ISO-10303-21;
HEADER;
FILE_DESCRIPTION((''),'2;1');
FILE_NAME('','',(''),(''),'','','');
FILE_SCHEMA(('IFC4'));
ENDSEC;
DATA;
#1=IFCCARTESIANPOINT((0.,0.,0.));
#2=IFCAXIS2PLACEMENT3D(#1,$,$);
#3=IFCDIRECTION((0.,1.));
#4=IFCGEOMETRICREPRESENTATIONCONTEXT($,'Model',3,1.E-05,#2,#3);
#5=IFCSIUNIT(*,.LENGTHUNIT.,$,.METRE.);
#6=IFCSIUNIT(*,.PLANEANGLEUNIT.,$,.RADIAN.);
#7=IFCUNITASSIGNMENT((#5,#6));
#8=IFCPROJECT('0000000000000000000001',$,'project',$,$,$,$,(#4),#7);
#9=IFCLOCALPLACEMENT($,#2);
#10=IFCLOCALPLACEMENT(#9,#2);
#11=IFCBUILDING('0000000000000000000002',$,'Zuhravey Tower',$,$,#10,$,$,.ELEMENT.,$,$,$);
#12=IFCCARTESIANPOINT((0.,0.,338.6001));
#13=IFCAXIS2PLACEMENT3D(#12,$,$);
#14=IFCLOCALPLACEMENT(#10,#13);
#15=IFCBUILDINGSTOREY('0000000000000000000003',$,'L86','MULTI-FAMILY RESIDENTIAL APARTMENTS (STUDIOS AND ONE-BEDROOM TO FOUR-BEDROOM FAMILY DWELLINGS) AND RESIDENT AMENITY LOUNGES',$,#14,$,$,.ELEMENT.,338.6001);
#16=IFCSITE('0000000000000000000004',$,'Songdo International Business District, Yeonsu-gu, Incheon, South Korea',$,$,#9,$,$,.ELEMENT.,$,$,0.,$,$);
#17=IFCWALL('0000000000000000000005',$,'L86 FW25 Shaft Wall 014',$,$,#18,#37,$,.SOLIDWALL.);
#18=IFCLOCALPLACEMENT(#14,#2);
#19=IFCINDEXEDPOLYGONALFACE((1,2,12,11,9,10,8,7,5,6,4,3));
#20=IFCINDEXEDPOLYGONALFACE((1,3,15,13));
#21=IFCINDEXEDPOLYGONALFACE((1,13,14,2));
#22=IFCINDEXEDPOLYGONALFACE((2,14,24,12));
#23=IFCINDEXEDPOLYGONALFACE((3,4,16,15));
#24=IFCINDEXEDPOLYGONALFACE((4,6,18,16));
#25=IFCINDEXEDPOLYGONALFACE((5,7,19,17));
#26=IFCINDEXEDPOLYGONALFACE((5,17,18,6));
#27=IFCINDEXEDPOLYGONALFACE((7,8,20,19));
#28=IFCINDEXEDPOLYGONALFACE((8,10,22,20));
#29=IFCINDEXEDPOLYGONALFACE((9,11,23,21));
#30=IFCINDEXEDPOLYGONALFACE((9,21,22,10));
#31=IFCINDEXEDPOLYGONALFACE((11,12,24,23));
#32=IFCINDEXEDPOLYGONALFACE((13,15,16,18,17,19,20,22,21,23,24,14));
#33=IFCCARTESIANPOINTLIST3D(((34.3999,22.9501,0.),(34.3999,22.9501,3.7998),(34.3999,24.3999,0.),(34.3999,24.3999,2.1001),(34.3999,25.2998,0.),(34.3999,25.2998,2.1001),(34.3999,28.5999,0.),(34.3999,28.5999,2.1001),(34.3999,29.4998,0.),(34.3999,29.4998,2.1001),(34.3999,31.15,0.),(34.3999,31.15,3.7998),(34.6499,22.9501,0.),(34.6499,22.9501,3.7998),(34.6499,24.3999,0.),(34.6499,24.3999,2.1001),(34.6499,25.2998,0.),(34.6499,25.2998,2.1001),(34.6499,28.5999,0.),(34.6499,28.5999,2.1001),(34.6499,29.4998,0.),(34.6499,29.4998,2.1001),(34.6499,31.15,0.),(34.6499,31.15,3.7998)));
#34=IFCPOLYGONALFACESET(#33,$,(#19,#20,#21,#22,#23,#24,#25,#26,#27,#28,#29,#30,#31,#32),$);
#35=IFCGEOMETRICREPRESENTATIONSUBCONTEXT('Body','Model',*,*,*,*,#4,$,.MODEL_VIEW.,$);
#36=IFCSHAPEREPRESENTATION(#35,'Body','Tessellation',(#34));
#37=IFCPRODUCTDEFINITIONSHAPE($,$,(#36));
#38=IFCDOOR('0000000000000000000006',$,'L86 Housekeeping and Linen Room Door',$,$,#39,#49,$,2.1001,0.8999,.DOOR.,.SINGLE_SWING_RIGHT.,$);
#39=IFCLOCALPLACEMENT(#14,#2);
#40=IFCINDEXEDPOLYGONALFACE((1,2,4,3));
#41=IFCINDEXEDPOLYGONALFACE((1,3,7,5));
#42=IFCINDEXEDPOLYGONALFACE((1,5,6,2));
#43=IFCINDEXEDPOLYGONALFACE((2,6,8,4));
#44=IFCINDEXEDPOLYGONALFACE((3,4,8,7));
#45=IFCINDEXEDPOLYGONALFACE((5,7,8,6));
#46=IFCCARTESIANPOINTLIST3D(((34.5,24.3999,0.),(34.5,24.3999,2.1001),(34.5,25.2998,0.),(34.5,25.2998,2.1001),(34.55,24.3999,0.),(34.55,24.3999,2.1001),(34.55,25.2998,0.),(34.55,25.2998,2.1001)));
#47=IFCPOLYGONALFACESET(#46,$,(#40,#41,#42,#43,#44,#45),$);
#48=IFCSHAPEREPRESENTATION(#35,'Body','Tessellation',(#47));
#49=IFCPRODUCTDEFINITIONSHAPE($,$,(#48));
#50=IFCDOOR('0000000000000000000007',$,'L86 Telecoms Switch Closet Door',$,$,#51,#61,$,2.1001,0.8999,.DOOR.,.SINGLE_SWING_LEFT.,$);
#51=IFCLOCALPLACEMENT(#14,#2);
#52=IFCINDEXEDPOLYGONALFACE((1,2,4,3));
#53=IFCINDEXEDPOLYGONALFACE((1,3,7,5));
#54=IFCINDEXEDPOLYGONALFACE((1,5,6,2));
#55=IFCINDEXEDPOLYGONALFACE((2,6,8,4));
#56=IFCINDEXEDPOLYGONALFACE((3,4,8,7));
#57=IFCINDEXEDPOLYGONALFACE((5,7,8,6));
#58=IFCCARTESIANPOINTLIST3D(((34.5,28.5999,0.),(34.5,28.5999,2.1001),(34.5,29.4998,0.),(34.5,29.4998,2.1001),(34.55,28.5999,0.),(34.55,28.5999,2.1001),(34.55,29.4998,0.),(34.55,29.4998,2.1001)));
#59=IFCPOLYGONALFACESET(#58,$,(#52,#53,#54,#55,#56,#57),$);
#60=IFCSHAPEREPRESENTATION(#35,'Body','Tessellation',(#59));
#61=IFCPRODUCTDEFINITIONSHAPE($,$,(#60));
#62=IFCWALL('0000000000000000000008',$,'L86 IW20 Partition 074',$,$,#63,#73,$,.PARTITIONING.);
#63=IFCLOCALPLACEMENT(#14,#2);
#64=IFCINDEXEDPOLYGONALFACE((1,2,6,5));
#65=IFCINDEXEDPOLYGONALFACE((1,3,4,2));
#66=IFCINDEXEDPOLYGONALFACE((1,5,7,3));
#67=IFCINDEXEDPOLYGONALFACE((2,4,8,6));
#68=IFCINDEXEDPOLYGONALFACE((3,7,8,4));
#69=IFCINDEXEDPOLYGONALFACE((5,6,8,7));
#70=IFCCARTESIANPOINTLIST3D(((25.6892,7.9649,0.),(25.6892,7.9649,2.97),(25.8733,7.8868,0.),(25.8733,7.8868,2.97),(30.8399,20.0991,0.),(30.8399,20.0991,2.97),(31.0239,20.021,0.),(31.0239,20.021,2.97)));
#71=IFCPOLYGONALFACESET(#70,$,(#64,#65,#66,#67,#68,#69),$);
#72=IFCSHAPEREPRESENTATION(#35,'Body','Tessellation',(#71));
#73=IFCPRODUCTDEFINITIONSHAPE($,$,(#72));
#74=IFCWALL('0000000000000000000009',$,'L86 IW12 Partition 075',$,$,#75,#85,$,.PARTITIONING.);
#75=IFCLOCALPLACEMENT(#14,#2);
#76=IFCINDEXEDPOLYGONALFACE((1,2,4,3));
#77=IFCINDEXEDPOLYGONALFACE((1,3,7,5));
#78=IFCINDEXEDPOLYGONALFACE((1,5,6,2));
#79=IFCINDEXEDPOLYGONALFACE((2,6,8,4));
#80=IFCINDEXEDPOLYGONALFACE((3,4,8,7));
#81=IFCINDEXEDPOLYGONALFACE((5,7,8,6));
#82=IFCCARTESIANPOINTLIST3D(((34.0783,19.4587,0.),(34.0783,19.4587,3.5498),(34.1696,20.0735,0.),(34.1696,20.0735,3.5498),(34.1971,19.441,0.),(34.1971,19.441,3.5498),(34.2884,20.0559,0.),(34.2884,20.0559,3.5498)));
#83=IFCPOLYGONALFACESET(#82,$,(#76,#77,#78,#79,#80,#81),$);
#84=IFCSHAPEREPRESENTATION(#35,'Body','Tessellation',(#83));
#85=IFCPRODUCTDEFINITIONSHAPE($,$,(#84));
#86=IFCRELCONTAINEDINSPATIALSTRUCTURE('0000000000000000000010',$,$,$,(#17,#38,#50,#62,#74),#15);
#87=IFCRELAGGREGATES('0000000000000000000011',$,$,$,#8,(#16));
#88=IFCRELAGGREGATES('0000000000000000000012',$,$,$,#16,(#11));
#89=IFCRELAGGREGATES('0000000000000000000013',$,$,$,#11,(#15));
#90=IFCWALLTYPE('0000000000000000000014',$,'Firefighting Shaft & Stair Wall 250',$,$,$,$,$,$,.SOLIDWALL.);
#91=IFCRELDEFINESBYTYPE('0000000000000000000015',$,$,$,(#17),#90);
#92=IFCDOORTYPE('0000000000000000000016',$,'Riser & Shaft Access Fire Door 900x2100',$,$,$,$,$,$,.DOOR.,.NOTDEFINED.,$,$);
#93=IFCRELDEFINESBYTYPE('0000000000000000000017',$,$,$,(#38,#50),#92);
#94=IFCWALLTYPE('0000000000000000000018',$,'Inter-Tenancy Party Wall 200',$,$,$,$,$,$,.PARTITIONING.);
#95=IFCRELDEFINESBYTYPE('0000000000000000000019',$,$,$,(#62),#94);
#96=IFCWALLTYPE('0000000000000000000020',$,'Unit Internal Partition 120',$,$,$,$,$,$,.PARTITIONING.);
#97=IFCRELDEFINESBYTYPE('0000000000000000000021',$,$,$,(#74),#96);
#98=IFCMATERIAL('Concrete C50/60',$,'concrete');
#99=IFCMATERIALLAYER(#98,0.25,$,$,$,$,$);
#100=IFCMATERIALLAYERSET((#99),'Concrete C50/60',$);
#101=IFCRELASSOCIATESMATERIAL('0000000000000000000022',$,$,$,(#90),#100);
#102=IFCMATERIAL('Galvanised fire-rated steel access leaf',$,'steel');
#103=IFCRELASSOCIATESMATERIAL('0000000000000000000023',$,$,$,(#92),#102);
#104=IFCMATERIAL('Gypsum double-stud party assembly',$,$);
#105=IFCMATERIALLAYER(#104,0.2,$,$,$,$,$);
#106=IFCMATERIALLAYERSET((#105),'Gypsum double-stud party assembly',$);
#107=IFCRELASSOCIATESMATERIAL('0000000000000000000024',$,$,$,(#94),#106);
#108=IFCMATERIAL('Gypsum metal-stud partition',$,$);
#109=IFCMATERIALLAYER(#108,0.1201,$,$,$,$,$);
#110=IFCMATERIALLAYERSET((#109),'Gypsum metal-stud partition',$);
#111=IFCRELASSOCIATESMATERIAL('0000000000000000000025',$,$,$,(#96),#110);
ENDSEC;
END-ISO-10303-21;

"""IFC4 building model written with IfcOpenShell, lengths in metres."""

from ifc_helpers import new_model, si_unit, direction, frame, frame_2d, origin, place, context, subcontext, project, spatial, rectangle, extrude, material, layer, layer_set, type_object, element, fill, save


model = new_model("IFC4")

# Units and contexts
model_context = context("Model", 3, precision=1e-05, world=origin(), true_north=direction((0.0, 1.0)))
body_context = subcontext(model_context, "Body", "Model", "MODEL_VIEW")
ifc_project = project(units=[si_unit("LENGTHUNIT", "METRE"), si_unit("PLANEANGLEUNIT", "RADIAN")], contexts=[model_context])

# Site, building, storey
site_placement = place(None, origin())
site = spatial("IfcSite", under=ifc_project, at=site_placement, Name="Songdo International Business District, Yeonsu-gu, Incheon, South Korea", CompositionType="ELEMENT", RefElevation=0.0)
building_placement = place(site_placement, origin())
building = spatial("IfcBuilding", under=site, at=building_placement, Name="Zuhravey Tower", CompositionType="ELEMENT")
storey_placement = place(building_placement, frame((0.0, 0.0, 338.6001)))
storey = spatial("IfcBuildingStorey", under=building, at=storey_placement, Name="L86", Description="MULTI-FAMILY RESIDENTIAL APARTMENTS (STUDIOS AND ONE-BEDROOM TO FOUR-BEDROOM FAMILY DWELLINGS) AND RESIDENT AMENITY LOUNGES", CompositionType="ELEMENT", Elevation=338.6001)

# Shared definitions
ifc_material_1 = material(Name="Concrete C50/60", Category="concrete")
ifc_layer_1 = layer(ifc_material_1, 0.25)
ifc_layer_set_1 = layer_set([ifc_layer_1], Name="Concrete C50/60")
wall_type_1 = type_object("IfcWallType", Name="Firefighting Shaft & Stair Wall 250", PredefinedType="SOLIDWALL", material=ifc_layer_set_1)

# Shared definitions
ifc_material_2 = material(Name="Galvanised fire-rated steel access leaf", Category="steel")
door_type_1 = type_object("IfcDoorType", Name="Riser & Shaft Access Fire Door 900x2100", OperationType="NOTDEFINED", PredefinedType="DOOR", material=ifc_material_2)

# Wall, openings, doors
wall_1_placement = place(storey_placement, frame((34.5249, 22.95, 0.0), z_axis=(0.0, 0.0, 1.0), x_axis=(0.0, 1.0, 0.0)))
wall_1 = element("IfcWall", 1, at=wall_1_placement, inside=storey, type_object=wall_type_1, Name="L86 FW25 Shaft Wall 014", PredefinedType="SOLIDWALL", context=body_context, shape_type="SweptSolid", body=[
    extrude(rectangle(XDim=8.2, YDim=0.25, at=frame_2d((4.1001, 0.0))), origin(), (0.0, 0.0, 1.0), 3.7998),
])
opening_1_placement = place(wall_1_placement, frame((1.45, 0.0, 0.0)))
opening_1 = element("IfcOpeningElement", 2, at=opening_1_placement, cuts=wall_1, PredefinedType="OPENING", context=body_context, shape_type="SweptSolid", body=[
    extrude(rectangle(XDim=0.8999, YDim=2.1001, at=frame_2d((0.45, 1.05))), frame((0.0, 0.137, 0.0), z_axis=(0.0, -1.0, 0.0), x_axis=(1.0, 0.0, 0.0)), (0.0, 0.0, 1.0), 0.2739),
])
opening_2_placement = place(wall_1_placement, frame((5.6499, 0.0, 0.0)))
opening_2 = element("IfcOpeningElement", 3, at=opening_2_placement, cuts=wall_1, PredefinedType="OPENING", context=body_context, shape_type="SweptSolid", body=[
    extrude(rectangle(XDim=0.8999, YDim=2.1001, at=frame_2d((0.45, 1.05))), frame((0.0, 0.137, 0.0), z_axis=(0.0, -1.0, 0.0), x_axis=(1.0, 0.0, 0.0)), (0.0, 0.0, 1.0), 0.2739),
])
door_1_placement = place(opening_1_placement, origin())
door_1 = element("IfcDoor", 4, at=door_1_placement, inside=storey, type_object=door_type_1, Name="L86 Housekeeping and Linen Room Door", OperationType="SINGLE_SWING_RIGHT", OverallHeight=2.1001, OverallWidth=0.8999, PredefinedType="DOOR", context=body_context, shape_type="SweptSolid", body=[
    extrude(rectangle(XDim=0.8999, YDim=2.1001, at=frame_2d((0.45, 1.05))), frame((0.0, 0.0249, 0.0), z_axis=(0.0, -1.0, 0.0), x_axis=(1.0, 0.0, 0.0)), (0.0, 0.0, 1.0), 0.05),
])
fill(opening_1, door_1)
door_2_placement = place(opening_2_placement, origin())
door_2 = element("IfcDoor", 5, at=door_2_placement, inside=storey, type_object=door_type_1, Name="L86 Telecoms Switch Closet Door", OperationType="SINGLE_SWING_LEFT", OverallHeight=2.1001, OverallWidth=0.8999, PredefinedType="DOOR", context=body_context, shape_type="SweptSolid", body=[
    extrude(rectangle(XDim=0.8999, YDim=2.1001, at=frame_2d((0.45, 1.05))), frame((0.0, 0.0249, 0.0), z_axis=(0.0, -1.0, 0.0), x_axis=(1.0, 0.0, 0.0)), (0.0, 0.0, 1.0), 0.05),
])
fill(opening_2, door_2)

# Walls
ifc_material_3 = material(Name="Gypsum double-stud party assembly")
ifc_layer_2 = layer(ifc_material_3, 0.2)
ifc_layer_set_2 = layer_set([ifc_layer_2], Name="Gypsum double-stud party assembly")
wall_type_2 = type_object("IfcWallType", Name="Inter-Tenancy Party Wall 200", PredefinedType="PARTITIONING", material=ifc_layer_set_2)
wall_2_placement = place(storey_placement, frame((30.9319, 20.0601, 0.0), z_axis=(0.0, 0.0, 1.0), x_axis=(-0.390727, -0.920507, 0.0)))
element("IfcWall", 6, at=wall_2_placement, inside=storey, type_object=wall_type_2, Name="L86 IW20 Partition 074", PredefinedType="PARTITIONING", context=body_context, shape_type="SweptSolid", body=[
    extrude(rectangle(XDim=13.1821, YDim=0.2, at=frame_2d((6.5911, 0.0))), origin(), (0.0, 0.0, 1.0), 2.97),
])
ifc_material_4 = material(Name="Gypsum metal-stud partition")
ifc_layer_3 = layer(ifc_material_4, 0.1201)
ifc_layer_set_3 = layer_set([ifc_layer_3], Name="Gypsum metal-stud partition")
wall_type_3 = type_object("IfcWallType", Name="Unit Internal Partition 120", PredefinedType="PARTITIONING", material=ifc_layer_set_3)
wall_3_placement = place(storey_placement, frame((34.229, 20.0647, 0.0), z_axis=(0.0, 0.0, 1.0), x_axis=(-0.146919, -0.989149, 0.0)))
element("IfcWall", 7, at=wall_3_placement, inside=storey, type_object=wall_type_3, Name="L86 IW12 Partition 075", PredefinedType="PARTITIONING", context=body_context, shape_type="SweptSolid", body=[
    extrude(rectangle(XDim=0.6216, YDim=0.1201, at=frame_2d((0.3108, 0.0))), origin(), (0.0, 0.0, 1.0), 3.5498),
])

save(model, "model.ifc")
